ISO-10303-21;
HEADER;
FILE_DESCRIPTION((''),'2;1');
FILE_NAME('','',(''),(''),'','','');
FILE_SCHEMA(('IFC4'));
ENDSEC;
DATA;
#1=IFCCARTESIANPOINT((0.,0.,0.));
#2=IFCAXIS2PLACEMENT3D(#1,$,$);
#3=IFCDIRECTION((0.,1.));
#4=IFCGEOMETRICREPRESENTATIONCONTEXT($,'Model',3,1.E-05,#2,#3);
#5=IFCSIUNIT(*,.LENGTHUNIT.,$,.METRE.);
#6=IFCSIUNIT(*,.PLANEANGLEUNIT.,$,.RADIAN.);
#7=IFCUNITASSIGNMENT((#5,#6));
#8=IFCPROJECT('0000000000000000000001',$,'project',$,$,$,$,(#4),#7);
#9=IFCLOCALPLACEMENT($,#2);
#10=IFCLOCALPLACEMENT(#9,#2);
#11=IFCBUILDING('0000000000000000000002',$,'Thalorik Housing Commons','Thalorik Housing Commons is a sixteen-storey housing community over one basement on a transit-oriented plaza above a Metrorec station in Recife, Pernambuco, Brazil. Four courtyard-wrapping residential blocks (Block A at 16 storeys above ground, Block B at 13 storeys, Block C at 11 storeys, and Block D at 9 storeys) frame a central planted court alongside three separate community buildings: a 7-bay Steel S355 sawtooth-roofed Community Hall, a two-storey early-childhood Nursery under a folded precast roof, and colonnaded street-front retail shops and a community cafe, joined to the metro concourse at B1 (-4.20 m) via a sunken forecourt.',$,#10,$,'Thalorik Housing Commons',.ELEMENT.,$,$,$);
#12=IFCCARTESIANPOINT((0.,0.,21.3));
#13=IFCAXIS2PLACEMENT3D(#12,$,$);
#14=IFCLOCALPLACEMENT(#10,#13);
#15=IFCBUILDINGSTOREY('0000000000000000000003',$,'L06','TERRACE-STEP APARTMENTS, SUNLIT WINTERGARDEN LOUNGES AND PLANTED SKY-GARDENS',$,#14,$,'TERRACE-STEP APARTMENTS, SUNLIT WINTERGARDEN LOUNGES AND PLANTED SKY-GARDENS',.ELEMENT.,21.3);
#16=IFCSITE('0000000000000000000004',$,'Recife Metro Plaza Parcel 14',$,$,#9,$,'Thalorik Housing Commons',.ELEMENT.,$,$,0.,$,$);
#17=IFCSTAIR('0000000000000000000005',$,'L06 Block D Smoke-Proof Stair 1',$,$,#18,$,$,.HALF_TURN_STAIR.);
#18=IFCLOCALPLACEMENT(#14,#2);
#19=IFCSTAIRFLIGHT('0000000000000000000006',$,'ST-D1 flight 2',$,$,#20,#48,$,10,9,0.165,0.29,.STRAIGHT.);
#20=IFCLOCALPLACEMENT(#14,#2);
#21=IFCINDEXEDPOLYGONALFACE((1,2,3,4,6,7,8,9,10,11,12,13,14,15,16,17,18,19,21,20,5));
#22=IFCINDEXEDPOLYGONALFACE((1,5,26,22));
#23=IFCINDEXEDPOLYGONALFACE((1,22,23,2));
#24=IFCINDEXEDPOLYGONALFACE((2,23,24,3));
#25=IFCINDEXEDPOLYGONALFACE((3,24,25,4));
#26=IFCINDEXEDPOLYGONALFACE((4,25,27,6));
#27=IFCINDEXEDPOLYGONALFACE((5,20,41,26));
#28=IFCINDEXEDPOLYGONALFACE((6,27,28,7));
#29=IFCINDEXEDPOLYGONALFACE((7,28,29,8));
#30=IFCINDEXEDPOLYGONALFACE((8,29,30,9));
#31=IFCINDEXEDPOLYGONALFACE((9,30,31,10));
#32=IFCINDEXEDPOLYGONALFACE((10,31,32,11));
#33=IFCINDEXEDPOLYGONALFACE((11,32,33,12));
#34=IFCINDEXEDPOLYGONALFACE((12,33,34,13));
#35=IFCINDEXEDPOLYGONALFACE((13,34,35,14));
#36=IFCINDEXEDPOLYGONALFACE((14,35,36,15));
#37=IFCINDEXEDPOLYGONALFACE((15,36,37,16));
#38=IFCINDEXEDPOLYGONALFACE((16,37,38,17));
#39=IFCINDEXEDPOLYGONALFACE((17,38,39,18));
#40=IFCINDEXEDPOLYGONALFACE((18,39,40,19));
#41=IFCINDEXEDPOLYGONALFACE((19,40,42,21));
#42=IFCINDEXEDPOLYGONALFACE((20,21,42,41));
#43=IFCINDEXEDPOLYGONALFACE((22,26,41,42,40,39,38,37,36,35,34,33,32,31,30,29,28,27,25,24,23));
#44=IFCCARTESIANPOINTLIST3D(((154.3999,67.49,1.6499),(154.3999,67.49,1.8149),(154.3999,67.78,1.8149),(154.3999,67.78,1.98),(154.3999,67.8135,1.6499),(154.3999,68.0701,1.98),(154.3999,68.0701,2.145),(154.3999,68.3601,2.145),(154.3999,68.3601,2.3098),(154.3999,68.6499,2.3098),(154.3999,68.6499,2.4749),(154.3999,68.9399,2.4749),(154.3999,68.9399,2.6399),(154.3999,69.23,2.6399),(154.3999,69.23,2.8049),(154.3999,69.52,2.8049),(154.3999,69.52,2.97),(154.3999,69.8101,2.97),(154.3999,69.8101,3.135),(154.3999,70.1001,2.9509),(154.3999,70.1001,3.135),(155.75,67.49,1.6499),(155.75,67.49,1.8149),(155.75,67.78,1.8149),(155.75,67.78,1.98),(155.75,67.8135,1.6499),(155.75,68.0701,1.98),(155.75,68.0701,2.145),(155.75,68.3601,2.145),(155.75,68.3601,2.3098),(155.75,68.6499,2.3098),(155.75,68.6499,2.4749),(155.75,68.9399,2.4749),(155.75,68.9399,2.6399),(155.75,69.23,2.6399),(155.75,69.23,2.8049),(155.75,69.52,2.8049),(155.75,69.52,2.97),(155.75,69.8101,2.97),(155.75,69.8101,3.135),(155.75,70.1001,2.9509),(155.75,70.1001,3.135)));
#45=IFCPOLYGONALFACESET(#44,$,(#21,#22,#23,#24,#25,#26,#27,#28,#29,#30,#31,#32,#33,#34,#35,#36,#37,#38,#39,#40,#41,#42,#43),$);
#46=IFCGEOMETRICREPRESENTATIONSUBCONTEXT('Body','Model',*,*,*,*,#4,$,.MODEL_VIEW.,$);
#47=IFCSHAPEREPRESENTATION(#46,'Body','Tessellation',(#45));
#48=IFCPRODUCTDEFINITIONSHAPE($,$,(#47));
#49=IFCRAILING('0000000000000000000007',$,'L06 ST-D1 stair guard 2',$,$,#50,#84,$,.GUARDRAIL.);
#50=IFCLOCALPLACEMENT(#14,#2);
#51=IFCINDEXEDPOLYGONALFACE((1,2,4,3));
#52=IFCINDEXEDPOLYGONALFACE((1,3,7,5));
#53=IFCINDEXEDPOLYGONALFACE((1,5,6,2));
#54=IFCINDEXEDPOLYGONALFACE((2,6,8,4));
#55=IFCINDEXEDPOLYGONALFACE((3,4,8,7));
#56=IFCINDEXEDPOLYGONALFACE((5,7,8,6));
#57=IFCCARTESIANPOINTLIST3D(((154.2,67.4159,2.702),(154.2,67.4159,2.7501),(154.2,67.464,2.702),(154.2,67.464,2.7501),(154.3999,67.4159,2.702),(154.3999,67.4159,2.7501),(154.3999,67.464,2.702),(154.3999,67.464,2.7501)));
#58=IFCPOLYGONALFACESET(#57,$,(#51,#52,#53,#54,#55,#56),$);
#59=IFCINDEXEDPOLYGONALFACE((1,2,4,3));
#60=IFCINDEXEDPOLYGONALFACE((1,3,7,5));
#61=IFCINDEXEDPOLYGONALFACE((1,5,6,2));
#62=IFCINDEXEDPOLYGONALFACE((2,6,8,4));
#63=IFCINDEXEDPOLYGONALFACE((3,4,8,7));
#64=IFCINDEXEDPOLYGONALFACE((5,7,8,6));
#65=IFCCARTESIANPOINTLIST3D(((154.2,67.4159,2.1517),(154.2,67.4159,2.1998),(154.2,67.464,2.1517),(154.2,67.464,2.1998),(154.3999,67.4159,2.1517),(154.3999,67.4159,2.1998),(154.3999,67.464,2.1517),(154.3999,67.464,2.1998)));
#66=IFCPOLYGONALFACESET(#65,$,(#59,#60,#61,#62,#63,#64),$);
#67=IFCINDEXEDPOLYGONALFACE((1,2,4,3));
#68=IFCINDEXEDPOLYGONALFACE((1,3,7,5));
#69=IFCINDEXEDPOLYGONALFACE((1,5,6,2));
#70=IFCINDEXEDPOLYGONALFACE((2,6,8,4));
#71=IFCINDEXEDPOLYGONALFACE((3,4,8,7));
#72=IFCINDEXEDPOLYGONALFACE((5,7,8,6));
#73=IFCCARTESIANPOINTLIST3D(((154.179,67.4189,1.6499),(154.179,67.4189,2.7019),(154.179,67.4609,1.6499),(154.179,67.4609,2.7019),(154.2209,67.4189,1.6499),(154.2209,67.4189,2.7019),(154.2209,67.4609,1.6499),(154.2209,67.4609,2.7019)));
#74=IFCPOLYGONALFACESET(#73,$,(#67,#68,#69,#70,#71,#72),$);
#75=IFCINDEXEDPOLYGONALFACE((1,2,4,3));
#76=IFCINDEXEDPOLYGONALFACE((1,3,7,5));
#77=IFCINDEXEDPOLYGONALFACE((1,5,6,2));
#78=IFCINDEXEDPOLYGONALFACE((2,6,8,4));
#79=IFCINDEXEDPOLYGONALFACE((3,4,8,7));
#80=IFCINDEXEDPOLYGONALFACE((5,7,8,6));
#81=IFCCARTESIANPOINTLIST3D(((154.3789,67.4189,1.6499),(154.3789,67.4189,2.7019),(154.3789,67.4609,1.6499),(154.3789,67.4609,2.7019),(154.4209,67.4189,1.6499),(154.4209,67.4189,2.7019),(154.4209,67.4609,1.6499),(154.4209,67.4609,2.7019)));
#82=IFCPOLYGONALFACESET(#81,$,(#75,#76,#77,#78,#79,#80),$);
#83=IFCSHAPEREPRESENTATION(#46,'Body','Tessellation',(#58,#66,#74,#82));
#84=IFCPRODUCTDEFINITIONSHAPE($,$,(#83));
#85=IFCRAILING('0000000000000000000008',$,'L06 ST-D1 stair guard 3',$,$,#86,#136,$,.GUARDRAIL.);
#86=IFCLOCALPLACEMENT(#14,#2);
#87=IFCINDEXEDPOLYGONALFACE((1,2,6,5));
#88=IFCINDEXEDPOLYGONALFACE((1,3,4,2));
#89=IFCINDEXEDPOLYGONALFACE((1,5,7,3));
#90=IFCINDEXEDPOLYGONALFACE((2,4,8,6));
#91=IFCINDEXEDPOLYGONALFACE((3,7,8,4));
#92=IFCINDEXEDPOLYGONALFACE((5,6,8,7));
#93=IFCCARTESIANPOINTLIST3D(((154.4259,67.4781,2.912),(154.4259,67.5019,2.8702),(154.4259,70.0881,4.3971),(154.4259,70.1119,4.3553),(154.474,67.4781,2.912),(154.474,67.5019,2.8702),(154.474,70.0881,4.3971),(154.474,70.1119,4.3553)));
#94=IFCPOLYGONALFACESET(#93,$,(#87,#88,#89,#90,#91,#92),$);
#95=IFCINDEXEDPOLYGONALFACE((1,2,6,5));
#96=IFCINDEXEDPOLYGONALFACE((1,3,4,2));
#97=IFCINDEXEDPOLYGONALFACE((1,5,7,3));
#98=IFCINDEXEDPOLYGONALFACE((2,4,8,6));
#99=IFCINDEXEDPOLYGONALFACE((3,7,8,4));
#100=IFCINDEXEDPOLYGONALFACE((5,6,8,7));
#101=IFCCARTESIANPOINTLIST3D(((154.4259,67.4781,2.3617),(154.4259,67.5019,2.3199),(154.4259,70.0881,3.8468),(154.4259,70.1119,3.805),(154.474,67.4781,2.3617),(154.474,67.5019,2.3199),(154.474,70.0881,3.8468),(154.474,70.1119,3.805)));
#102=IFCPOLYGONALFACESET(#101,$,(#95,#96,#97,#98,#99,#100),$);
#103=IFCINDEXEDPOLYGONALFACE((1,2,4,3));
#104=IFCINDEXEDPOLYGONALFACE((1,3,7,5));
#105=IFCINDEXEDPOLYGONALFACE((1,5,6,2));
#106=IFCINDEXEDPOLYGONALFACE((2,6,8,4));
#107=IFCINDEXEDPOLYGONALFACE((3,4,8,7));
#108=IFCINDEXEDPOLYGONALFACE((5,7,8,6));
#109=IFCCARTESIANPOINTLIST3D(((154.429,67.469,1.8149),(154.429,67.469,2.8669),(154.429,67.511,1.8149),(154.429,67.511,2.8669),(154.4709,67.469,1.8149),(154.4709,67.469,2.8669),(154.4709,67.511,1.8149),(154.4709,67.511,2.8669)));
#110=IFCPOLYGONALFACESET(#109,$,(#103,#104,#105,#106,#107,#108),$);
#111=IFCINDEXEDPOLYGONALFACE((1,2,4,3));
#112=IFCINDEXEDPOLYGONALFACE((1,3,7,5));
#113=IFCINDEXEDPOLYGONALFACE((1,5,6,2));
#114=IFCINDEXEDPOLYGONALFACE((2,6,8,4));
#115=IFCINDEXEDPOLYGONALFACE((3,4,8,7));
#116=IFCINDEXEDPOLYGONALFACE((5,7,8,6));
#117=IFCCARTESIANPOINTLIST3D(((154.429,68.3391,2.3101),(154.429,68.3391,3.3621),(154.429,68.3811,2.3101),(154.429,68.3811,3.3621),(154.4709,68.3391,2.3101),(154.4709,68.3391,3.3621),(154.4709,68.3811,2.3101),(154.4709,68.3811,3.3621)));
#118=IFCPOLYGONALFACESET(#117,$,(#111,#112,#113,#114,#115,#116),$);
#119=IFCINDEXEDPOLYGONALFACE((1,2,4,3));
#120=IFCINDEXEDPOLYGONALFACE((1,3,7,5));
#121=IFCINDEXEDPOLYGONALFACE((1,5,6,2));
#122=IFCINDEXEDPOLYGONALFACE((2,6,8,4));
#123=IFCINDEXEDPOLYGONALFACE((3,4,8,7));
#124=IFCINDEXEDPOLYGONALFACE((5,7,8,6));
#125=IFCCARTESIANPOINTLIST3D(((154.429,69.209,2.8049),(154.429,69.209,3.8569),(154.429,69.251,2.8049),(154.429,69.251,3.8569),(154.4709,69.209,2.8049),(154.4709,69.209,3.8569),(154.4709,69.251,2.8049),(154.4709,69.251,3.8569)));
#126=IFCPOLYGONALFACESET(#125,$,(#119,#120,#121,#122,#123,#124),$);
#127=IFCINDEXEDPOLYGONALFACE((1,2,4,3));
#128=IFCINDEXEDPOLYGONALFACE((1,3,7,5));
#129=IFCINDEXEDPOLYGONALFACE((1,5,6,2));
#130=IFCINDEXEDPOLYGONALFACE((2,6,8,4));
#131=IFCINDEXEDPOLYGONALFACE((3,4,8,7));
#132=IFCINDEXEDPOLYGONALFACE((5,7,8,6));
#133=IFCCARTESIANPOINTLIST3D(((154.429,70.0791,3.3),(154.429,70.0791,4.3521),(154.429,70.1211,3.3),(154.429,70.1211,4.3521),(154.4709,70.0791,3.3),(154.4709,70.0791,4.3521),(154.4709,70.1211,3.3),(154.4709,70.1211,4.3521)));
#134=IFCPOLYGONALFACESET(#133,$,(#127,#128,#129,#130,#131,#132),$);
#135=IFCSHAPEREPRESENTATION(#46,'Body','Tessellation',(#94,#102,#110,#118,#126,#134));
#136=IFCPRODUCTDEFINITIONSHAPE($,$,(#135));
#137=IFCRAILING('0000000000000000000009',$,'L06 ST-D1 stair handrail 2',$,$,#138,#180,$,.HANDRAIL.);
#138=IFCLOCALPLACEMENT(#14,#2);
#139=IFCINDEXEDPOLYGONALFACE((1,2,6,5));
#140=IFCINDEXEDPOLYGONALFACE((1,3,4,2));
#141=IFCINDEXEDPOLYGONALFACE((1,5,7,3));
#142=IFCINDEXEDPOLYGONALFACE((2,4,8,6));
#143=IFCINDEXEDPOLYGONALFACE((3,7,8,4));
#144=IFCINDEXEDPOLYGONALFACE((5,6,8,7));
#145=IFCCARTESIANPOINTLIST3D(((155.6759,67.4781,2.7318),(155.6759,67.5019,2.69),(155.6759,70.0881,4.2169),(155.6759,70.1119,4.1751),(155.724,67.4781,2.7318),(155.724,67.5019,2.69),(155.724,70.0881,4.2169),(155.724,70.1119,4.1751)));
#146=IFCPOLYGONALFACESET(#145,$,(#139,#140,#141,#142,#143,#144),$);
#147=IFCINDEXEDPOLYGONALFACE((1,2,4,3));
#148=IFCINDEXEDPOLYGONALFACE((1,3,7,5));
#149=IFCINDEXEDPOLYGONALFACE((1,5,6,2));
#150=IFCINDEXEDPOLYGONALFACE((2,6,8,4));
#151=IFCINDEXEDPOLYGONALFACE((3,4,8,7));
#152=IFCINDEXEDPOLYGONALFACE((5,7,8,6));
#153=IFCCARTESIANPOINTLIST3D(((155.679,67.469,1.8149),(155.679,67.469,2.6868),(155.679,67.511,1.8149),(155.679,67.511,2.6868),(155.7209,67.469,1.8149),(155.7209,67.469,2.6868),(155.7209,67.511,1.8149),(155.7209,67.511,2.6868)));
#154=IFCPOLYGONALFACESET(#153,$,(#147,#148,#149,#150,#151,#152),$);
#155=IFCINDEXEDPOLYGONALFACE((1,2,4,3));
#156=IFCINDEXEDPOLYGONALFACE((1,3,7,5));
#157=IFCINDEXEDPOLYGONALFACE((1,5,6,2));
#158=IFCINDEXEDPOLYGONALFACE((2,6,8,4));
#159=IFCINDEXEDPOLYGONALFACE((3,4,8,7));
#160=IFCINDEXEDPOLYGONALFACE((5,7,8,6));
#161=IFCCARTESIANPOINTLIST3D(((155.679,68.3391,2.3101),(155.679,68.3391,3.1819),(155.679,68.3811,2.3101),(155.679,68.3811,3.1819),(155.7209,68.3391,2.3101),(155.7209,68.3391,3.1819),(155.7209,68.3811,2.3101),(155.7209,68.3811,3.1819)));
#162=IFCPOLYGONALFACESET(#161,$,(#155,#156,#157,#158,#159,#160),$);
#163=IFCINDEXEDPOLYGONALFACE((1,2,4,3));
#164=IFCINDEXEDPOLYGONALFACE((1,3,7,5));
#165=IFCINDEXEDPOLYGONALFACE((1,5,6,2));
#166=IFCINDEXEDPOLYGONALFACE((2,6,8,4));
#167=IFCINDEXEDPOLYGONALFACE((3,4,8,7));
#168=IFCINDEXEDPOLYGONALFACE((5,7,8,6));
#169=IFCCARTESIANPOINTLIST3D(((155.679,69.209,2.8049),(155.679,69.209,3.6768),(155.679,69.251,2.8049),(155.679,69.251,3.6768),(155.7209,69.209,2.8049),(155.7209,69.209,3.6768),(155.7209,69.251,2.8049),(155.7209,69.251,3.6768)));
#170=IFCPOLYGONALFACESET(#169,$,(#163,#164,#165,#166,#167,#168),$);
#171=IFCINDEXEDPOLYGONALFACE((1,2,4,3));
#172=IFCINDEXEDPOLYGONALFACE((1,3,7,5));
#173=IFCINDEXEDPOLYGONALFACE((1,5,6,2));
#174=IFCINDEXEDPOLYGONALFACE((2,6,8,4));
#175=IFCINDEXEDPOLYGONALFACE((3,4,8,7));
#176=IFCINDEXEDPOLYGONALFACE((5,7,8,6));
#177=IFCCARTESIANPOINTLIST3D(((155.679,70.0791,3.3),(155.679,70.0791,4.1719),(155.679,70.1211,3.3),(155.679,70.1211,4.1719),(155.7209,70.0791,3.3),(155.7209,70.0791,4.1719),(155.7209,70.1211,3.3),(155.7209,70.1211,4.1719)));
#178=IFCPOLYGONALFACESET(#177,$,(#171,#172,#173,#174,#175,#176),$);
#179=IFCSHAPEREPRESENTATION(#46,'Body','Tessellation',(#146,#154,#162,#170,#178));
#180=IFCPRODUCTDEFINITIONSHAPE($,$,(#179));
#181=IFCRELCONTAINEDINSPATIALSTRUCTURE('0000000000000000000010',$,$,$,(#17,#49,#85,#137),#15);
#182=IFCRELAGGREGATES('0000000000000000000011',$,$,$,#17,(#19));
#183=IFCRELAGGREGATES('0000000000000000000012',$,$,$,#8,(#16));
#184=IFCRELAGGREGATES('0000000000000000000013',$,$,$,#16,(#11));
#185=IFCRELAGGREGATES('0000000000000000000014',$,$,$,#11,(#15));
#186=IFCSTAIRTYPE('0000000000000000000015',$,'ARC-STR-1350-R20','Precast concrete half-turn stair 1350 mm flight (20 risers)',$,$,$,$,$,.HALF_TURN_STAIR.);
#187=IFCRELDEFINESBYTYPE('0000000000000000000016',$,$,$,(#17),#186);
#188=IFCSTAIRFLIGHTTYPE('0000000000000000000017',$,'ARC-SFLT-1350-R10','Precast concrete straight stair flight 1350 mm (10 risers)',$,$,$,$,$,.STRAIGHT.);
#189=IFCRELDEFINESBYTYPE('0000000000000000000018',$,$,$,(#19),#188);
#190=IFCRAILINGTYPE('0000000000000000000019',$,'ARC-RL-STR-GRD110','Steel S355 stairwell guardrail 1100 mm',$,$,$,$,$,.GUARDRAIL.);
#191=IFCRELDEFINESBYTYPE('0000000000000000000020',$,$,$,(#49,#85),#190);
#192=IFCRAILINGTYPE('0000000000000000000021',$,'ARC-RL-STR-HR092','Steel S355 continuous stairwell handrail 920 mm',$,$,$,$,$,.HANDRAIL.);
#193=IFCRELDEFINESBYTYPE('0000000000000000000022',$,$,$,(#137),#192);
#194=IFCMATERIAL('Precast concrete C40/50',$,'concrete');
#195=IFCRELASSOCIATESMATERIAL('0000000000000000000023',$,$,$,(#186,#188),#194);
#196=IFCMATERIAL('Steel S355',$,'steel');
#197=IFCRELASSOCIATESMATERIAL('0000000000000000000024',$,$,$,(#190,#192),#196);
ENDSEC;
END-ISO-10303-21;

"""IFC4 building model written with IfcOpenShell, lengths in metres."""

from ifc_helpers import new_model, si_unit, direction, frame, origin, origin_2d, place, context, subcontext, project, spatial, polyline, rectangle, outline, extrude, material, type_object, element, aggregate, save


model = new_model("IFC4")

# Units and contexts
model_context = context("Model", 3, precision=1e-05, world=origin(), true_north=direction((0.0, 1.0)))
body_context = subcontext(model_context, "Body", "Model", "MODEL_VIEW")
ifc_project = project(units=[si_unit("LENGTHUNIT", "METRE"), si_unit("PLANEANGLEUNIT", "RADIAN")], contexts=[model_context])

# Site, building, storey
site_placement = place(None, origin())
site = spatial("IfcSite", under=ifc_project, at=site_placement, Name="Recife Metro Plaza Parcel 14", LongName="Thalorik Housing Commons", CompositionType="ELEMENT", RefElevation=0.0)
building_placement = place(site_placement, origin())
building = spatial("IfcBuilding", under=site, at=building_placement, Name="Thalorik Housing Commons", Description="Thalorik Housing Commons is a sixteen-storey housing community over one basement on a transit-oriented plaza above a Metrorec station in Recife, Pernambuco, Brazil. Four courtyard-wrapping residential blocks (Block A at 16 storeys above ground, Block B at 13 storeys, Block C at 11 storeys, and Block D at 9 storeys) frame a central planted court alongside three separate community buildings: a 7-bay Steel S355 sawtooth-roofed Community Hall, a two-storey early-childhood Nursery under a folded precast roof, and colonnaded street-front retail shops and a community cafe, joined to the metro concourse at B1 (-4.20 m) via a sunken forecourt.", LongName="Thalorik Housing Commons", CompositionType="ELEMENT")
storey_placement = place(building_placement, frame((0.0, 0.0, 21.3)))
storey = spatial("IfcBuildingStorey", under=building, at=storey_placement, Name="L06", Description="TERRACE-STEP APARTMENTS, SUNLIT WINTERGARDEN LOUNGES AND PLANTED SKY-GARDENS", LongName="TERRACE-STEP APARTMENTS, SUNLIT WINTERGARDEN LOUNGES AND PLANTED SKY-GARDENS", CompositionType="ELEMENT", Elevation=21.3)

# Shared definitions
ifc_material_1 = material(Name="Precast concrete C40/50", Category="concrete")

# Shared definitions
ifc_material_2 = material(Name="Steel S355", Category="steel")

# Stair, stair flight
stair_type = type_object("IfcStairType", Name="ARC-STR-1350-R20", Description="Precast concrete half-turn stair 1350 mm flight (20 risers)", PredefinedType="HALF_TURN_STAIR", material=ifc_material_1)
stair_placement = place(storey_placement, origin())
stair = element("IfcStair", 1, at=stair_placement, inside=storey, type_object=stair_type, Name="L06 Block D Smoke-Proof Stair 1", PredefinedType="HALF_TURN_STAIR")
stair_flight_type = type_object("IfcStairFlightType", Name="ARC-SFLT-1350-R10", Description="Precast concrete straight stair flight 1350 mm (10 risers)", PredefinedType="STRAIGHT", material=ifc_material_1)
stair_flight_placement = place(storey_placement, frame((155.075, 67.49, 1.6499), z_axis=(0.0, 0.0, 1.0), x_axis=(0.0, 1.0, 0.0)))
stair_flight = element("IfcStairFlight", 2, at=stair_flight_placement, type_object=stair_flight_type, Name="ST-D1 flight 2", NumberOfRisers=10, NumberOfTreads=9, PredefinedType="STRAIGHT", RiserHeight=0.165, TreadLength=0.29, context=body_context, shape_type="SweptSolid", body=[
    extrude(outline(polyline([(0.0, 0.0), (0.0, 0.165), (0.29, 0.165), (0.29, 0.3301), (0.5801, 0.3301), (0.5801, 0.4951), (0.8701, 0.4951), (0.8701, 0.6599), (1.1599, 0.6599), (1.1599, 0.825), (1.45, 0.825), (1.45, 0.99), (1.74, 0.99), (1.74, 1.155), (2.03, 1.155), (2.03, 1.3201), (2.3201, 1.3201), (2.3201, 1.4851), (2.6101, 1.4851), (2.6101, 1.6499), (2.6101, 1.301), (0.3235, 0.0), (0.0, 0.0)])), frame((0.0, 0.675, 0.0), z_axis=(0.0, -1.0, 0.0), x_axis=(1.0, 0.0, 0.0)), (0.0, 0.0, 1.0), 1.3501),
])
aggregate(stair, [stair_flight])

# Railings
railing_type_1 = type_object("IfcRailingType", Name="ARC-RL-STR-GRD110", Description="Steel S355 stairwell guardrail 1100 mm", PredefinedType="GUARDRAIL", material=ifc_material_2)
railing_1_placement = place(storey_placement, frame((154.2, 67.4399, 1.6499)))
element("IfcRailing", 3, at=railing_1_placement, inside=storey, type_object=railing_type_1, Name="L06 ST-D1 stair guard 2", PredefinedType="GUARDRAIL", context=body_context, shape_type="SweptSolid", body=[
    extrude(rectangle(XDim=0.0481, YDim=0.0481, at=origin_2d()), frame((0.0, 0.0, 1.0762), z_axis=(1.0, 0.0, 0.0), x_axis=(0.0, 1.0, 0.0)), (0.0, 0.0, 1.0), 0.2),
    extrude(rectangle(XDim=0.0481, YDim=0.0481, at=origin_2d()), frame((0.0, 0.0, 0.5259), z_axis=(1.0, 0.0, 0.0), x_axis=(0.0, 1.0, 0.0)), (0.0, 0.0, 1.0), 0.2),
    extrude(rectangle(XDim=0.042, YDim=0.042, at=origin_2d()), origin(), (0.0, 0.0, 1.0), 1.052),
    extrude(rectangle(XDim=0.042, YDim=0.042, at=origin_2d()), frame((0.2, 0.0, 0.0)), (0.0, 0.0, 1.0), 1.052),
])
railing_2_placement = place(storey_placement, frame((154.45, 67.49, 1.8149)))
element("IfcRailing", 4, at=railing_2_placement, inside=storey, type_object=railing_type_1, Name="L06 ST-D1 stair guard 3", PredefinedType="GUARDRAIL", context=body_context, shape_type="SweptSolid", body=[
    extrude(rectangle(XDim=0.0481, YDim=0.0481, at=origin_2d()), frame((0.0, 0.0, 1.0762), z_axis=(0.0, 0.869157, 0.494536), x_axis=(-1.0, 0.0, 0.0)), (0.0, 0.0, 1.0), 3.0029),
    extrude(rectangle(XDim=0.0481, YDim=0.0481, at=origin_2d()), frame((0.0, 0.0, 0.5259), z_axis=(0.0, 0.869157, 0.494536), x_axis=(-1.0, 0.0, 0.0)), (0.0, 0.0, 1.0), 3.0029),
    extrude(rectangle(XDim=0.042, YDim=0.042, at=origin_2d()), origin(), (0.0, 0.0, 1.0), 1.052),
    extrude(rectangle(XDim=0.042, YDim=0.042, at=origin_2d()), frame((0.0, 0.8701, 0.4951)), (0.0, 0.0, 1.0), 1.052),
    extrude(rectangle(XDim=0.042, YDim=0.042, at=origin_2d()), frame((0.0, 1.74, 0.99)), (0.0, 0.0, 1.0), 1.052),
    extrude(rectangle(XDim=0.042, YDim=0.042, at=origin_2d()), frame((0.0, 2.6101, 1.4851)), (0.0, 0.0, 1.0), 1.052),
])
railing_type_2 = type_object("IfcRailingType", Name="ARC-RL-STR-HR092", Description="Steel S355 continuous stairwell handrail 920 mm", PredefinedType="HANDRAIL", material=ifc_material_2)
railing_3_placement = place(storey_placement, frame((155.7, 67.49, 1.8149)))
element("IfcRailing", 5, at=railing_3_placement, inside=storey, type_object=railing_type_2, Name="L06 ST-D1 stair handrail 2", PredefinedType="HANDRAIL", context=body_context, shape_type="SweptSolid", body=[
    extrude(rectangle(XDim=0.0481, YDim=0.0481, at=origin_2d()), frame((0.0, 0.0, 0.896), z_axis=(0.0, 0.869157, 0.494536), x_axis=(-1.0, 0.0, 0.0)), (0.0, 0.0, 1.0), 3.0029),
    extrude(rectangle(XDim=0.042, YDim=0.042, at=origin_2d()), origin(), (0.0, 0.0, 1.0), 0.8718),
    extrude(rectangle(XDim=0.042, YDim=0.042, at=origin_2d()), frame((0.0, 0.8701, 0.4951)), (0.0, 0.0, 1.0), 0.8718),
    extrude(rectangle(XDim=0.042, YDim=0.042, at=origin_2d()), frame((0.0, 1.74, 0.99)), (0.0, 0.0, 1.0), 0.8718),
    extrude(rectangle(XDim=0.042, YDim=0.042, at=origin_2d()), frame((0.0, 2.6101, 1.4851)), (0.0, 0.0, 1.0), 0.8718),
])

save(model, "model.ifc")
